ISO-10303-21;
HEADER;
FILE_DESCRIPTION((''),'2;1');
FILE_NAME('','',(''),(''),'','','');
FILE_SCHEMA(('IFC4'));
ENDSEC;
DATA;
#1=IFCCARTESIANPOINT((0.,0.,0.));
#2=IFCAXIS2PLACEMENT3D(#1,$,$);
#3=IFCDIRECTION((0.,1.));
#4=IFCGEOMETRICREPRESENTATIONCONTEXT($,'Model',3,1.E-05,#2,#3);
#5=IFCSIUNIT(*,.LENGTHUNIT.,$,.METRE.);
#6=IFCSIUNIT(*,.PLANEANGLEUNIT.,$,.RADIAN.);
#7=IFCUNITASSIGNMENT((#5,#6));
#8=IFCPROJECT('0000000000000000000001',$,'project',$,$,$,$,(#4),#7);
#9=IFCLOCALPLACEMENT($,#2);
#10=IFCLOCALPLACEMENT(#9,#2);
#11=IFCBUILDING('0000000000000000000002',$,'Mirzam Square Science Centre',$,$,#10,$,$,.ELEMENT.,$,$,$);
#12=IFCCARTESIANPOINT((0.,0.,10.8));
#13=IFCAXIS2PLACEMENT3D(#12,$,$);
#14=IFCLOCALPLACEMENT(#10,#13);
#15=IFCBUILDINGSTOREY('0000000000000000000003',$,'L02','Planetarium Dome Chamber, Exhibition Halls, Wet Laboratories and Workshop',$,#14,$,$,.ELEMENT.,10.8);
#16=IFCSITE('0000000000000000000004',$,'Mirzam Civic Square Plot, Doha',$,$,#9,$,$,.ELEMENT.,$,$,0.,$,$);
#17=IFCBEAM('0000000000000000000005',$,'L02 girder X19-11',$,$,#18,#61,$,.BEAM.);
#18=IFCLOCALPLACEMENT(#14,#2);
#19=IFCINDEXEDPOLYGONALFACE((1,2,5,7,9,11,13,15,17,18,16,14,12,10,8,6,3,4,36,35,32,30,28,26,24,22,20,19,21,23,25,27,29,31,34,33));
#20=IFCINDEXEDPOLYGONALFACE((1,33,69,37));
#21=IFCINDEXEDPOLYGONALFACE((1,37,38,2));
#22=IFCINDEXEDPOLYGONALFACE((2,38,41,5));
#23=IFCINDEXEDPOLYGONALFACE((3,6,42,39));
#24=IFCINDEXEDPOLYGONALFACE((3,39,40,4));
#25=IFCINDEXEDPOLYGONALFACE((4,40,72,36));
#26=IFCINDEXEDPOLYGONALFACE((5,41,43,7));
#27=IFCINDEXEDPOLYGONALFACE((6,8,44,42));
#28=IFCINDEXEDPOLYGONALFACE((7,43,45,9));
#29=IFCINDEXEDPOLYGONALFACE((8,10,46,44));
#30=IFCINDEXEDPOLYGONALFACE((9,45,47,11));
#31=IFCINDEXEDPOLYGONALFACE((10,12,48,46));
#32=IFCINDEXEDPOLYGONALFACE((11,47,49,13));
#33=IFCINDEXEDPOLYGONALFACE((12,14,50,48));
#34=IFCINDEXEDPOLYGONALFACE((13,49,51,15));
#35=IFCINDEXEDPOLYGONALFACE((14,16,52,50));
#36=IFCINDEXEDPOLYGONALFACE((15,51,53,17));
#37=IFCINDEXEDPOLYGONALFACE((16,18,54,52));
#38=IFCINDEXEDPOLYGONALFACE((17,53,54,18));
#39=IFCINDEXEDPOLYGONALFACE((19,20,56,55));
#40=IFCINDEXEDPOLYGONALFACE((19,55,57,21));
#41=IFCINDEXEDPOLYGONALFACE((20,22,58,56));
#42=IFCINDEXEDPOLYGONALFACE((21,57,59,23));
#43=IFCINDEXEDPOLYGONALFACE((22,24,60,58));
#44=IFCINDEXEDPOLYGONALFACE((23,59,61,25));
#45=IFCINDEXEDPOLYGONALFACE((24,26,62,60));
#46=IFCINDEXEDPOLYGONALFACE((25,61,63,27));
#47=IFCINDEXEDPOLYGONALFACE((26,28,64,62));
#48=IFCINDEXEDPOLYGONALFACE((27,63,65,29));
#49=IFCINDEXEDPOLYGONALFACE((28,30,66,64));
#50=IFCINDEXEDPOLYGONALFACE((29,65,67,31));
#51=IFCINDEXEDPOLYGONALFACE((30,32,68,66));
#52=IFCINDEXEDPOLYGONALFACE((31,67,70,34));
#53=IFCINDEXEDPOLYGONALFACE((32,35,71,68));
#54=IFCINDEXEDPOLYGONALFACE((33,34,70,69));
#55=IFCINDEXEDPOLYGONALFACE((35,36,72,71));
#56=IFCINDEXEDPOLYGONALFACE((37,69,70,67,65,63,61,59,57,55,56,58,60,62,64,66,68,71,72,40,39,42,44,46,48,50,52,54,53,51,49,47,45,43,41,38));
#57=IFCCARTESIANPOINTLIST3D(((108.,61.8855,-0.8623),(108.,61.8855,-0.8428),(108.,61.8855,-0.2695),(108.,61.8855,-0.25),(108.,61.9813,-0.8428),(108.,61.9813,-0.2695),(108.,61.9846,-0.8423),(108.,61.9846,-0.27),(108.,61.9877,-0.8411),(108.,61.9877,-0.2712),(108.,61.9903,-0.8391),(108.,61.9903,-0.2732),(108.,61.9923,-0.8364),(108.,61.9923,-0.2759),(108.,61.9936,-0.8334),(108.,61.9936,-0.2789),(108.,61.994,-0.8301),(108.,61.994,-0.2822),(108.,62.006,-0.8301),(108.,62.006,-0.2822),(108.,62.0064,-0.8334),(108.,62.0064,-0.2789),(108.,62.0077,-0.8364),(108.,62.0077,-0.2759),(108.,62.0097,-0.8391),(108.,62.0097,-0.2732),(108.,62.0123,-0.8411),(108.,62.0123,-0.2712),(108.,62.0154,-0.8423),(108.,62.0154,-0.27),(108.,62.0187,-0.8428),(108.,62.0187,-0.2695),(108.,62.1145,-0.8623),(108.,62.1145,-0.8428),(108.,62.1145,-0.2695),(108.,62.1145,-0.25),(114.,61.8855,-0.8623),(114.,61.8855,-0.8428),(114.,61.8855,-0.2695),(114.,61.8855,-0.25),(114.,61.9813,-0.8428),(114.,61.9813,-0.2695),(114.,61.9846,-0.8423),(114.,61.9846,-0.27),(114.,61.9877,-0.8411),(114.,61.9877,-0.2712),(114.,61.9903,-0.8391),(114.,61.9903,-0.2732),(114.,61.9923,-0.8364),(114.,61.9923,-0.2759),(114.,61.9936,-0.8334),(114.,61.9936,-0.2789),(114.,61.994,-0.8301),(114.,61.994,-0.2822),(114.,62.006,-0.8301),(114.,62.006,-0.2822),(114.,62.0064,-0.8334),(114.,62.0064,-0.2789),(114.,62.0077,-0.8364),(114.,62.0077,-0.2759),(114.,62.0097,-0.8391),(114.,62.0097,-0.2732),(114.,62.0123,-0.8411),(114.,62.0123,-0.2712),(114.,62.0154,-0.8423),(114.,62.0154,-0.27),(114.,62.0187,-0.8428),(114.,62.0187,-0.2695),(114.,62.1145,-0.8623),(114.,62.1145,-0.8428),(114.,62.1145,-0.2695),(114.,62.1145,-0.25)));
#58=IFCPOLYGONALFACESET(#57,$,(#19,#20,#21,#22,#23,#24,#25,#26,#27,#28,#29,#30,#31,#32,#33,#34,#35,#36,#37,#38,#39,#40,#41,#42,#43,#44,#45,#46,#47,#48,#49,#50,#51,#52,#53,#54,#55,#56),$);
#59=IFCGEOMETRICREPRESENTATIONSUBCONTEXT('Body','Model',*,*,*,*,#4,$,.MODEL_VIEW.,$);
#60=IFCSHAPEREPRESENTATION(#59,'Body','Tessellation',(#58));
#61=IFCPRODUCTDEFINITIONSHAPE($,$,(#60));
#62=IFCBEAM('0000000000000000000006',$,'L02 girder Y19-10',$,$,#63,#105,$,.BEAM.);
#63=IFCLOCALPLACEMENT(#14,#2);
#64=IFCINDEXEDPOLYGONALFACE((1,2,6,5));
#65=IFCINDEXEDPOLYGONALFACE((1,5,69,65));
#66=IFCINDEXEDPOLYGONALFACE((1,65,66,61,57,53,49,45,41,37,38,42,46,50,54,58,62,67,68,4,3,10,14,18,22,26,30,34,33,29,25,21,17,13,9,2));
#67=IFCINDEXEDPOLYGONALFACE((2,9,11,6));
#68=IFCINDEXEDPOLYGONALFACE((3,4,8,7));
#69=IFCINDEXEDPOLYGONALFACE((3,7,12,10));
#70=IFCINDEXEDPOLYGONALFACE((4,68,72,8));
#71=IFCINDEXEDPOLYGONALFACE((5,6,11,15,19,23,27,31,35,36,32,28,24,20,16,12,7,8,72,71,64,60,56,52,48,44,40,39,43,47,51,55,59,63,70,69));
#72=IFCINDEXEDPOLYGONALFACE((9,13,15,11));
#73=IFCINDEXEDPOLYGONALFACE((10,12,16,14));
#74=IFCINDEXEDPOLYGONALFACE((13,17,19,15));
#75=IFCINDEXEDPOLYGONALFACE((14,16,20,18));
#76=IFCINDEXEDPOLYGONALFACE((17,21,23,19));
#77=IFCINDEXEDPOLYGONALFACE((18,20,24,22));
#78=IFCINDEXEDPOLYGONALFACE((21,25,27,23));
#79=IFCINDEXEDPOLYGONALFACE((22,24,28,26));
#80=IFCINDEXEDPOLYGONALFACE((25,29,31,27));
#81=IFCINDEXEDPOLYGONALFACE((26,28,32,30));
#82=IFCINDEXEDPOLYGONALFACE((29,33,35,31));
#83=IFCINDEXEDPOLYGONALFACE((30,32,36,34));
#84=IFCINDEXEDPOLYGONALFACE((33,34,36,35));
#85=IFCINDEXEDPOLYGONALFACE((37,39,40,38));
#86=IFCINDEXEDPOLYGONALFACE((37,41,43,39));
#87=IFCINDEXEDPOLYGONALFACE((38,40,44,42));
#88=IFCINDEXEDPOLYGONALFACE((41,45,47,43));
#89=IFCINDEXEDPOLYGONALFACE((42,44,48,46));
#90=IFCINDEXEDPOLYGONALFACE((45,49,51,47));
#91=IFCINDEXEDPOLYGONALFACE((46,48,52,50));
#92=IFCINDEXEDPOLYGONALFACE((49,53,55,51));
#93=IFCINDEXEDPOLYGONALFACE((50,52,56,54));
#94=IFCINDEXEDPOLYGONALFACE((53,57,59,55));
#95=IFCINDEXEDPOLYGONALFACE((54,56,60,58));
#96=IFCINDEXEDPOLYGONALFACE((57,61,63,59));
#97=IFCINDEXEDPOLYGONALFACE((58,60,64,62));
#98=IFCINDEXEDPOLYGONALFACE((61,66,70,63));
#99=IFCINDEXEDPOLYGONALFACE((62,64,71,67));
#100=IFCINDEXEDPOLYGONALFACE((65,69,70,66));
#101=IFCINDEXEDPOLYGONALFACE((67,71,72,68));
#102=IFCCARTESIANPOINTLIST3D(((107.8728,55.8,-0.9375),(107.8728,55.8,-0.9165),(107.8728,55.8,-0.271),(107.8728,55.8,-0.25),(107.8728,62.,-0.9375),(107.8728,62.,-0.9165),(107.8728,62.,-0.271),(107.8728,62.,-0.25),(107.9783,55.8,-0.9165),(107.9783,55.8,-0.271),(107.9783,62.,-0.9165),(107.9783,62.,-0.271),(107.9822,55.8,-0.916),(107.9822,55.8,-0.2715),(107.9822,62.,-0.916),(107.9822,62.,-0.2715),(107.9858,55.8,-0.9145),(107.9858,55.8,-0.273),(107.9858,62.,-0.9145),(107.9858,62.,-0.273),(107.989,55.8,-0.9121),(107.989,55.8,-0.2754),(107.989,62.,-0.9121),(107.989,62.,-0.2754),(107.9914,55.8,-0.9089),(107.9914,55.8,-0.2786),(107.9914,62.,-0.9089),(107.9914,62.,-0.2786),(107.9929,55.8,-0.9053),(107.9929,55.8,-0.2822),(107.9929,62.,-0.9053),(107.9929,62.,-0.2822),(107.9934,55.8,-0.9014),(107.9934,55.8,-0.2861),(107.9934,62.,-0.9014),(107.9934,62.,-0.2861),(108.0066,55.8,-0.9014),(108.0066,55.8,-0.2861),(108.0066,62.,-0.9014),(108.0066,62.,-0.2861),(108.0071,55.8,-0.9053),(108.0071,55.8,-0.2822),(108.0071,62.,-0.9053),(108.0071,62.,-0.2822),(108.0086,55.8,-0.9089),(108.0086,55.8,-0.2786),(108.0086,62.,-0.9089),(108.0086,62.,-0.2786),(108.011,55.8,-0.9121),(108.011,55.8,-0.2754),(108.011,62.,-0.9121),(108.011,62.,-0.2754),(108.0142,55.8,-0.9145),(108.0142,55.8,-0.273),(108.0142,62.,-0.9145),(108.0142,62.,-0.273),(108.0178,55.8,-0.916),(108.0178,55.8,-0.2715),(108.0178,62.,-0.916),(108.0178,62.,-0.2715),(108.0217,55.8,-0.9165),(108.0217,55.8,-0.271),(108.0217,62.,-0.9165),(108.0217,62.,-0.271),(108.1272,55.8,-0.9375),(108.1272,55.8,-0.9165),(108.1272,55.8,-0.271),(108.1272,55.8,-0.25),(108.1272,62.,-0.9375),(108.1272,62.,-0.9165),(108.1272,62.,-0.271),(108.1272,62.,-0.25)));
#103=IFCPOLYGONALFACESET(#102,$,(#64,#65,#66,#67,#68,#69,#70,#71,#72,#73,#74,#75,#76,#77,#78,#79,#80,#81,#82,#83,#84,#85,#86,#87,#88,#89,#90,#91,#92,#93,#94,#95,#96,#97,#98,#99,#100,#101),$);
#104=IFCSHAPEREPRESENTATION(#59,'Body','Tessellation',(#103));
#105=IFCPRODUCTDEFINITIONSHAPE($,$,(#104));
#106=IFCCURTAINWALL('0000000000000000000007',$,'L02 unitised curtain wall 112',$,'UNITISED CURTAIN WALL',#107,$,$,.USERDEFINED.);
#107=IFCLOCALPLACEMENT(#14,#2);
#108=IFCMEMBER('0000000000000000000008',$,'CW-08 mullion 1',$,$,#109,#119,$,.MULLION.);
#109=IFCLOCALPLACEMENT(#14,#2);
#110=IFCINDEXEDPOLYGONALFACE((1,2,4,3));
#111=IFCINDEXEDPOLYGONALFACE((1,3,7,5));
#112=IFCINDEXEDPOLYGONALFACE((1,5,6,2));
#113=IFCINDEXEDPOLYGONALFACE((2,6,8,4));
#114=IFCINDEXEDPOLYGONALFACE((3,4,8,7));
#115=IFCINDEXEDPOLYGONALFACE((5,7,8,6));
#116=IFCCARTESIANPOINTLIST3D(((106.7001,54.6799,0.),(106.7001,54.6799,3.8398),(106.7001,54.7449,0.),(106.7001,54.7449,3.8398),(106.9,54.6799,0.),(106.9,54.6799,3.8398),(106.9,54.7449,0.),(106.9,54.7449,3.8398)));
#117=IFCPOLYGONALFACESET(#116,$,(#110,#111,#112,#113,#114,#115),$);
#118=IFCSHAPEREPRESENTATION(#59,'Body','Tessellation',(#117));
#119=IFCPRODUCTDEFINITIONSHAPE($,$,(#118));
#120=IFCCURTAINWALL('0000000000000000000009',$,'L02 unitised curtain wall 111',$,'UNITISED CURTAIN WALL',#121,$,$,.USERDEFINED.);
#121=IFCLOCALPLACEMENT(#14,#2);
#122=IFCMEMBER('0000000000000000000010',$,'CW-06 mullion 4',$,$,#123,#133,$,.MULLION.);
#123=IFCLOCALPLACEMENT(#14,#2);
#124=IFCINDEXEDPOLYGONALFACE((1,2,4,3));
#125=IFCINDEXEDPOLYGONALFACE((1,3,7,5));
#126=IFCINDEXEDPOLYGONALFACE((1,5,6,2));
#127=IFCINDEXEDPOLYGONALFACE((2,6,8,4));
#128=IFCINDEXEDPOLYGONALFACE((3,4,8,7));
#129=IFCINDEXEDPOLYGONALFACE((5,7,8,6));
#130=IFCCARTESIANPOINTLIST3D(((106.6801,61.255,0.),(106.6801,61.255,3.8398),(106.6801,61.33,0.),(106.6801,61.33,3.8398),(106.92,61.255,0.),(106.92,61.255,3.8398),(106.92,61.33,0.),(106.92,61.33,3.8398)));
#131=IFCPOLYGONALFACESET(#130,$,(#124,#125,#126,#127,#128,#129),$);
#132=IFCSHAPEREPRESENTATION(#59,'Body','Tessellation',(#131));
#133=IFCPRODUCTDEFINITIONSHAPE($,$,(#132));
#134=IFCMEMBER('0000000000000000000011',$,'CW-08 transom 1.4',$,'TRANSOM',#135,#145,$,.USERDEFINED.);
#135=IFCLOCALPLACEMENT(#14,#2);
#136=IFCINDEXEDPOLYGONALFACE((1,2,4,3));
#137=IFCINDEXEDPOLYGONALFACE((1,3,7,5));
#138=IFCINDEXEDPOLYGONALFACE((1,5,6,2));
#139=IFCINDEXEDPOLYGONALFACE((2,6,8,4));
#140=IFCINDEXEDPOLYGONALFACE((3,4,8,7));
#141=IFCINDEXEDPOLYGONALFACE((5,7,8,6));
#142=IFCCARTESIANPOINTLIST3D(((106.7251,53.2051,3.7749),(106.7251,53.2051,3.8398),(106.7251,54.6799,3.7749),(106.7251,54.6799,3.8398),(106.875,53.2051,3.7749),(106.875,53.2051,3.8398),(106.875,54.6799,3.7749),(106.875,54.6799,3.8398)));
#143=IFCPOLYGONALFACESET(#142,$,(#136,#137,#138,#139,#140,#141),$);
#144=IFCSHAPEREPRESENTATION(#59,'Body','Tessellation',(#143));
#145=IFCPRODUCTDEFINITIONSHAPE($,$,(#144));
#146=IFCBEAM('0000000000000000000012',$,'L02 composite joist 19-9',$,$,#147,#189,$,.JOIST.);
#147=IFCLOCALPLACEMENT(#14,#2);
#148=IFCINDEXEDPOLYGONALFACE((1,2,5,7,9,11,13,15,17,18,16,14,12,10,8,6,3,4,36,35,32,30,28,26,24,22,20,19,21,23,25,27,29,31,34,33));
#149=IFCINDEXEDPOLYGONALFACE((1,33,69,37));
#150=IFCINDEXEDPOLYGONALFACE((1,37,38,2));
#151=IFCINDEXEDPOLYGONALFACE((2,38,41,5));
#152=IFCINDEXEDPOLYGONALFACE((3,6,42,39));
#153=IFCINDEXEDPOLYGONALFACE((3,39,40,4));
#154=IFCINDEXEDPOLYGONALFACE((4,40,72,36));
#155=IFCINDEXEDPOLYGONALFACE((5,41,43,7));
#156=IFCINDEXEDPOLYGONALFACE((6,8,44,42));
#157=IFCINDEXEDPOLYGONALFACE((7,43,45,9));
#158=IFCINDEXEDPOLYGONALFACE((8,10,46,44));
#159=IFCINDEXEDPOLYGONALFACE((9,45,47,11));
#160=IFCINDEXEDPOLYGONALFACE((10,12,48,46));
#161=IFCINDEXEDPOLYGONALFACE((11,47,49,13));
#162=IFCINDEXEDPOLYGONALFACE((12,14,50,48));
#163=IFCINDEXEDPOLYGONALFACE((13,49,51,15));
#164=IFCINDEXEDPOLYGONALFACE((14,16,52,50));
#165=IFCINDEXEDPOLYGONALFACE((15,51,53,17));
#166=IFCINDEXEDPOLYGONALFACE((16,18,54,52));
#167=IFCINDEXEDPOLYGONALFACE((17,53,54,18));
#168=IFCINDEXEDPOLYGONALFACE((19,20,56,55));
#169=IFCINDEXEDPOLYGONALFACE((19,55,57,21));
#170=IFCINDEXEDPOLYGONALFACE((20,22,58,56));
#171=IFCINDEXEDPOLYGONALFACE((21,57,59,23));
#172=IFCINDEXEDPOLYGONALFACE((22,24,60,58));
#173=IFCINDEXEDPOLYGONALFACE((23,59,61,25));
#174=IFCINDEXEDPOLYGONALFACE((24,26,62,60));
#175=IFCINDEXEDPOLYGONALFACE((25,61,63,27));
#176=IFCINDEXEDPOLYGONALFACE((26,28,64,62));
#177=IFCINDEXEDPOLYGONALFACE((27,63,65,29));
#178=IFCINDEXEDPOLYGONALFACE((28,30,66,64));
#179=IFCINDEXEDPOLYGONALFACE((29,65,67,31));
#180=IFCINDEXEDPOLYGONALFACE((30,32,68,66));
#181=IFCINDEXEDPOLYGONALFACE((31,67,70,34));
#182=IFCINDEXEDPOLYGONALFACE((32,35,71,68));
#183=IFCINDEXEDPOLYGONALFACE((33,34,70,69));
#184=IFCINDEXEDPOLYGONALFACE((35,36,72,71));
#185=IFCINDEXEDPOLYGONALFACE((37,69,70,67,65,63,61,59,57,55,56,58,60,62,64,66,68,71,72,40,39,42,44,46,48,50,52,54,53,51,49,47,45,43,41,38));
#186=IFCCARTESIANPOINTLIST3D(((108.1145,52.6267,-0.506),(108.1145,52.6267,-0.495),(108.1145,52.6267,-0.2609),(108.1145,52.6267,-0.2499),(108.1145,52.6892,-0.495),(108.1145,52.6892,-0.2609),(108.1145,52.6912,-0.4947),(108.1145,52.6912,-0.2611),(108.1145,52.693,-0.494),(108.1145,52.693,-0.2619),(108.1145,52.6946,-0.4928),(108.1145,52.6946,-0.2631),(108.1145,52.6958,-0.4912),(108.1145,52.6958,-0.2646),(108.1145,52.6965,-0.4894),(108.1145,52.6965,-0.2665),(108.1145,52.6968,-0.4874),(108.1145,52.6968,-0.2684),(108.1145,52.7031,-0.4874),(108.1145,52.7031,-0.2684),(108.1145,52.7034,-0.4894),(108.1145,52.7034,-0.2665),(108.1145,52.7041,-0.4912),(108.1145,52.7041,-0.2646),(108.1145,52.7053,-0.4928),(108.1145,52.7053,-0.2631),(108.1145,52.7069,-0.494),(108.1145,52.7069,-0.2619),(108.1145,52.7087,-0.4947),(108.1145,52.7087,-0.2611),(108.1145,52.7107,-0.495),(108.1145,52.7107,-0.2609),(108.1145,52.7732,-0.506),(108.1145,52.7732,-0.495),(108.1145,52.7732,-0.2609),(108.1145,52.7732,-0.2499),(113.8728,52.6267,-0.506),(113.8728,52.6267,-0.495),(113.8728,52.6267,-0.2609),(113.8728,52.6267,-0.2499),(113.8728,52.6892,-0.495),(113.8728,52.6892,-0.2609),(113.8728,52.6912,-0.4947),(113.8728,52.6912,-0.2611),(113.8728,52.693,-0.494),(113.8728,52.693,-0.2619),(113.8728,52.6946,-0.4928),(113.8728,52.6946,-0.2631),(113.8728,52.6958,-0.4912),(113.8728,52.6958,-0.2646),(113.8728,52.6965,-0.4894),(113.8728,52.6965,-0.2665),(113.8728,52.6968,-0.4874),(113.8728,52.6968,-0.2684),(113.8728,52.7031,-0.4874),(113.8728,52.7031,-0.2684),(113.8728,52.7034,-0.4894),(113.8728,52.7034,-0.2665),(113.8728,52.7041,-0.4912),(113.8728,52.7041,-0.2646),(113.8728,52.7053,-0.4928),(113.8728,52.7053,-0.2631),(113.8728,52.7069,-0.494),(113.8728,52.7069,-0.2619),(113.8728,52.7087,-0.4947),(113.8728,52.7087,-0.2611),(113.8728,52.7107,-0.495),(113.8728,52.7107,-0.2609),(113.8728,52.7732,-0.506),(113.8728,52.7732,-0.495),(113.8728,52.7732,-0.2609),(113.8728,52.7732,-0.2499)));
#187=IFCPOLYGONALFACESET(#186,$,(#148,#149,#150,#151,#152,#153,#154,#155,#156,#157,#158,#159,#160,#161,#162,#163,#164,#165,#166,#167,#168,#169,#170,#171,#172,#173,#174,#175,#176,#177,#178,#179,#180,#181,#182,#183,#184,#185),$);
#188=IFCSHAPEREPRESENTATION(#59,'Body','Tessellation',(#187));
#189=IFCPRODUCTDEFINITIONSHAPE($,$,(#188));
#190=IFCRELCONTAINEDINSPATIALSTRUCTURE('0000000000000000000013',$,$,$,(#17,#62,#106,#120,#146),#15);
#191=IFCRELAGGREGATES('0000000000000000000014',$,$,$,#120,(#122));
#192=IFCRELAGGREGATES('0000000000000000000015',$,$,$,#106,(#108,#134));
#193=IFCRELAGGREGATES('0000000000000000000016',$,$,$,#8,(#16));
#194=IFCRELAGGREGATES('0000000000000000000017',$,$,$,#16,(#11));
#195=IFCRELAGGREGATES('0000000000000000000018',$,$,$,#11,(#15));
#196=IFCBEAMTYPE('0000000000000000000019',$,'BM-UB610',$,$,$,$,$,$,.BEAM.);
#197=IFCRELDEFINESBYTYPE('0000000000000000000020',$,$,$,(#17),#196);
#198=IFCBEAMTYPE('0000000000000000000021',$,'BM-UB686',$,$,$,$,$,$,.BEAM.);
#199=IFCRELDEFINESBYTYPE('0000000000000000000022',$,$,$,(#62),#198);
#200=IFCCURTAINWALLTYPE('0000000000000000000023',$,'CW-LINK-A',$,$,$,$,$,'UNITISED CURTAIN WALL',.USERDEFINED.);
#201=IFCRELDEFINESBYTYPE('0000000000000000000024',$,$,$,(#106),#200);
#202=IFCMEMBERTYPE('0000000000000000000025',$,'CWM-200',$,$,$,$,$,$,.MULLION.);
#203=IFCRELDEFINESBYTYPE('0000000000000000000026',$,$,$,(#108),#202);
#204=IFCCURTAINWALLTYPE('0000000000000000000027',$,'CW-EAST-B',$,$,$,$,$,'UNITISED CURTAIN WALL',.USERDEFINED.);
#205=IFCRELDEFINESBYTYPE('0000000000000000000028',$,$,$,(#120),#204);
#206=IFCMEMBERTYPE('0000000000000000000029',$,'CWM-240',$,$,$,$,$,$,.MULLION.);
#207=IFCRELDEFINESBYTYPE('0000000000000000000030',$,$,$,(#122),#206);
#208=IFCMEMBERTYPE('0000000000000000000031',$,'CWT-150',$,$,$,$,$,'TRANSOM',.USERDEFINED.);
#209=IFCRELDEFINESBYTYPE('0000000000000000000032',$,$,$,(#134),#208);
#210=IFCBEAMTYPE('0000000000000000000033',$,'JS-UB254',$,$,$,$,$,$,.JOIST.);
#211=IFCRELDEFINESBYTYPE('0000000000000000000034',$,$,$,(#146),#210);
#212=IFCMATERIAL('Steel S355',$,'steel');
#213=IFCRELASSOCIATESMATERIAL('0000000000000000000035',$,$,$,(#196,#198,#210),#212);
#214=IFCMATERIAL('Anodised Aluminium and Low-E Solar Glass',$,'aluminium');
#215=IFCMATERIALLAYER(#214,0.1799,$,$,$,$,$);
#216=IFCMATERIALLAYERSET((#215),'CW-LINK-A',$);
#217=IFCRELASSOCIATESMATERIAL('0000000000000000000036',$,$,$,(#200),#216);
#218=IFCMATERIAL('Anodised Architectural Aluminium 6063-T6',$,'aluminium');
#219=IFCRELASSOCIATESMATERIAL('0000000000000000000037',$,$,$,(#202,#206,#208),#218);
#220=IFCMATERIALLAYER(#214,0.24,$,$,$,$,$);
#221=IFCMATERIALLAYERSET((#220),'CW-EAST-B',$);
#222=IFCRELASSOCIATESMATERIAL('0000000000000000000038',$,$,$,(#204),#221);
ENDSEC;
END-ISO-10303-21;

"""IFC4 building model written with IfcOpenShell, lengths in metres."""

from ifc_helpers import new_model, si_unit, direction, frame, origin, origin_2d, place, context, subcontext, project, spatial, rectangle, i_section, extrude, material, layer, layer_set, material_profile, profile_set, type_object, element, aggregate, save


model = new_model("IFC4")

# Units and contexts
model_context = context("Model", 3, precision=1e-05, world=origin(), true_north=direction((0.0, 1.0)))
body_context = subcontext(model_context, "Body", "Model", "MODEL_VIEW")
ifc_project = project(units=[si_unit("LENGTHUNIT", "METRE"), si_unit("PLANEANGLEUNIT", "RADIAN")], contexts=[model_context])

# Site, building, storey
site_placement = place(None, origin())
site = spatial("IfcSite", under=ifc_project, at=site_placement, Name="Mirzam Civic Square Plot, Doha", CompositionType="ELEMENT", RefElevation=0.0)
building_placement = place(site_placement, origin())
building = spatial("IfcBuilding", under=site, at=building_placement, Name="Mirzam Square Science Centre", CompositionType="ELEMENT")
storey_placement = place(building_placement, frame((0.0, 0.0, 10.8)))
storey = spatial("IfcBuildingStorey", under=building, at=storey_placement, Name="L02", Description="Planetarium Dome Chamber, Exhibition Halls, Wet Laboratories and Workshop", CompositionType="ELEMENT", Elevation=10.8)

# Shared definitions
ifc_material_1 = material(Name="Steel S355", Category="steel")

# Beams
ifc_material_profile_1 = material_profile(ifc_material_1, i_section(OverallWidth=0.229, OverallDepth=0.6123, WebThickness=0.012, FlangeThickness=0.0195, FilletRadius=0.0127, at=origin_2d()), Name="610x229x125UB")
ifc_profile_set_1 = profile_set([ifc_material_profile_1], Name="Steel S355")
beam_type_1 = type_object("IfcBeamType", Name="BM-UB610", PredefinedType="BEAM", material=ifc_profile_set_1)
for number, where, z_axis, x_axis, name in (
    (1, (108.0, 62.0, -0.5562), (1.0, 0.0, 0.0), (0.0, 1.0, 0.0), "L02 girder X19-11"),
):
    element("IfcBeam", number, at=place(storey_placement, frame(where, z_axis=z_axis, x_axis=x_axis)), inside=storey, type_object=beam_type_1, Name=name, PredefinedType="BEAM", context=body_context, shape_type="SweptSolid", body=[
        extrude(i_section(OverallWidth=0.229, OverallDepth=0.6123, WebThickness=0.012, FlangeThickness=0.0195, FilletRadius=0.0127, at=origin_2d()), origin(), (0.0, 0.0, 1.0), 6.0),
    ])
ifc_material_profile_2 = material_profile(ifc_material_1, i_section(OverallWidth=0.2544, OverallDepth=0.6875, WebThickness=0.0132, FlangeThickness=0.021, FilletRadius=0.0151, at=origin_2d()), Name="686x254x152UB")
ifc_profile_set_2 = profile_set([ifc_material_profile_2], Name="Steel S355")
beam_type_2 = type_object("IfcBeamType", Name="BM-UB686", PredefinedType="BEAM", material=ifc_profile_set_2)
beam_1_placement = place(storey_placement, frame((108.0, 55.8, -0.5938), z_axis=(0.0, 1.0, 0.0), x_axis=(-1.0, 0.0, 0.0)))
element("IfcBeam", 2, at=beam_1_placement, inside=storey, type_object=beam_type_2, Name="L02 girder Y19-10", PredefinedType="BEAM", context=body_context, shape_type="SweptSolid", body=[
    extrude(i_section(OverallWidth=0.2544, OverallDepth=0.6875, WebThickness=0.0132, FlangeThickness=0.021, FilletRadius=0.0151, at=origin_2d()), origin(), (0.0, 0.0, 1.0), 6.2),
])

# Curtain walls, members
ifc_material_2 = material(Name="Anodised Aluminium and Low-E Solar Glass", Category="aluminium")
ifc_layer_1 = layer(ifc_material_2, 0.1799)
ifc_layer_set_1 = layer_set([ifc_layer_1], Name="CW-LINK-A")
curtain_wall_type_1 = type_object("IfcCurtainWallType", Name="CW-LINK-A", ElementType="UNITISED CURTAIN WALL", PredefinedType="USERDEFINED", material=ifc_layer_set_1)
curtain_wall_1_placement = place(storey_placement, origin())
curtain_wall_1 = element("IfcCurtainWall", 3, at=curtain_wall_1_placement, inside=storey, type_object=curtain_wall_type_1, Name="L02 unitised curtain wall 112", ObjectType="UNITISED CURTAIN WALL", PredefinedType="USERDEFINED")
ifc_material_3 = material(Name="Anodised Architectural Aluminium 6063-T6", Category="aluminium")
ifc_material_profile_3 = material_profile(ifc_material_3, rectangle(XDim=0.0649, YDim=0.2, at=origin_2d()), Name="ALU-MULL-200x65x5")
ifc_profile_set_3 = profile_set([ifc_material_profile_3], Name="Anodised Architectural Aluminium 6063-T6")
member_type_1 = type_object("IfcMemberType", Name="CWM-200", PredefinedType="MULLION", material=ifc_profile_set_3)
member_1_placement = place(storey_placement, frame((106.8, 54.7124, 0.0), z_axis=(0.0, 0.0, 1.0), x_axis=(0.0, -1.0, 0.0)))
member_1 = element("IfcMember", 4, at=member_1_placement, type_object=member_type_1, Name="CW-08 mullion 1", PredefinedType="MULLION", context=body_context, shape_type="SweptSolid", body=[
    extrude(rectangle(XDim=0.0649, YDim=0.2, at=origin_2d()), origin(), (0.0, 0.0, 1.0), 3.8398),
])
ifc_layer_2 = layer(ifc_material_2, 0.24)
ifc_layer_set_2 = layer_set([ifc_layer_2], Name="CW-EAST-B")
curtain_wall_type_2 = type_object("IfcCurtainWallType", Name="CW-EAST-B", ElementType="UNITISED CURTAIN WALL", PredefinedType="USERDEFINED", material=ifc_layer_set_2)
curtain_wall_2_placement = place(storey_placement, origin())
curtain_wall_2 = element("IfcCurtainWall", 5, at=curtain_wall_2_placement, inside=storey, type_object=curtain_wall_type_2, Name="L02 unitised curtain wall 111", ObjectType="UNITISED CURTAIN WALL", PredefinedType="USERDEFINED")
ifc_material_profile_4 = material_profile(ifc_material_3, rectangle(XDim=0.075, YDim=0.24, at=origin_2d()), Name="ALU-MULL-240x75x5")
ifc_profile_set_4 = profile_set([ifc_material_profile_4], Name="Anodised Architectural Aluminium 6063-T6")
member_type_2 = type_object("IfcMemberType", Name="CWM-240", PredefinedType="MULLION", material=ifc_profile_set_4)
member_2_placement = place(storey_placement, frame((106.8, 61.2925, 0.0), z_axis=(0.0, 0.0, 1.0), x_axis=(0.0, -1.0, 0.0)))
member_2 = element("IfcMember", 6, at=member_2_placement, type_object=member_type_2, Name="CW-06 mullion 4", PredefinedType="MULLION", context=body_context, shape_type="SweptSolid", body=[
    extrude(rectangle(XDim=0.075, YDim=0.24, at=origin_2d()), origin(), (0.0, 0.0, 1.0), 3.8398),
])
aggregate(curtain_wall_2, [member_2])

# Member
ifc_material_profile_5 = material_profile(ifc_material_3, rectangle(XDim=0.1499, YDim=0.0649, at=origin_2d()), Name="ALU-TRAN-150x65x4")
ifc_profile_set_5 = profile_set([ifc_material_profile_5], Name="Anodised Architectural Aluminium 6063-T6")
member_type_3 = type_object("IfcMemberType", Name="CWT-150", ElementType="TRANSOM", PredefinedType="USERDEFINED", material=ifc_profile_set_5)
member_3_placement = place(storey_placement, frame((106.8, 54.6799, 3.8074), z_axis=(0.0, -1.0, 0.0), x_axis=(1.0, 0.0, 0.0)))
member_3 = element("IfcMember", 7, at=member_3_placement, type_object=member_type_3, Name="CW-08 transom 1.4", ObjectType="TRANSOM", PredefinedType="USERDEFINED", context=body_context, shape_type="SweptSolid", body=[
    extrude(rectangle(XDim=0.1499, YDim=0.0649, at=origin_2d()), origin(), (0.0, 0.0, 1.0), 1.4749),
])
aggregate(curtain_wall_1, [member_1, member_3])

# Beam
ifc_material_profile_6 = material_profile(ifc_material_1, i_section(OverallWidth=0.1465, OverallDepth=0.2561, WebThickness=0.0063, FlangeThickness=0.011, FilletRadius=0.0076, at=origin_2d()), Name="254x146x37UB")
ifc_profile_set_6 = profile_set([ifc_material_profile_6], Name="Steel S355")
beam_type_3 = type_object("IfcBeamType", Name="JS-UB254", PredefinedType="JOIST", material=ifc_profile_set_6)
beam_2_placement = place(storey_placement, frame((108.1145, 52.7, -0.3779), z_axis=(1.0, 0.0, 0.0), x_axis=(0.0, 1.0, 0.0)))
element("IfcBeam", 8, at=beam_2_placement, inside=storey, type_object=beam_type_3, Name="L02 composite joist 19-9", PredefinedType="JOIST", context=body_context, shape_type="SweptSolid", body=[
    extrude(i_section(OverallWidth=0.1465, OverallDepth=0.2561, WebThickness=0.0063, FlangeThickness=0.011, FilletRadius=0.0076, at=origin_2d()), origin(), (0.0, 0.0, 1.0), 5.7583),
])

save(model, "model.ifc")
